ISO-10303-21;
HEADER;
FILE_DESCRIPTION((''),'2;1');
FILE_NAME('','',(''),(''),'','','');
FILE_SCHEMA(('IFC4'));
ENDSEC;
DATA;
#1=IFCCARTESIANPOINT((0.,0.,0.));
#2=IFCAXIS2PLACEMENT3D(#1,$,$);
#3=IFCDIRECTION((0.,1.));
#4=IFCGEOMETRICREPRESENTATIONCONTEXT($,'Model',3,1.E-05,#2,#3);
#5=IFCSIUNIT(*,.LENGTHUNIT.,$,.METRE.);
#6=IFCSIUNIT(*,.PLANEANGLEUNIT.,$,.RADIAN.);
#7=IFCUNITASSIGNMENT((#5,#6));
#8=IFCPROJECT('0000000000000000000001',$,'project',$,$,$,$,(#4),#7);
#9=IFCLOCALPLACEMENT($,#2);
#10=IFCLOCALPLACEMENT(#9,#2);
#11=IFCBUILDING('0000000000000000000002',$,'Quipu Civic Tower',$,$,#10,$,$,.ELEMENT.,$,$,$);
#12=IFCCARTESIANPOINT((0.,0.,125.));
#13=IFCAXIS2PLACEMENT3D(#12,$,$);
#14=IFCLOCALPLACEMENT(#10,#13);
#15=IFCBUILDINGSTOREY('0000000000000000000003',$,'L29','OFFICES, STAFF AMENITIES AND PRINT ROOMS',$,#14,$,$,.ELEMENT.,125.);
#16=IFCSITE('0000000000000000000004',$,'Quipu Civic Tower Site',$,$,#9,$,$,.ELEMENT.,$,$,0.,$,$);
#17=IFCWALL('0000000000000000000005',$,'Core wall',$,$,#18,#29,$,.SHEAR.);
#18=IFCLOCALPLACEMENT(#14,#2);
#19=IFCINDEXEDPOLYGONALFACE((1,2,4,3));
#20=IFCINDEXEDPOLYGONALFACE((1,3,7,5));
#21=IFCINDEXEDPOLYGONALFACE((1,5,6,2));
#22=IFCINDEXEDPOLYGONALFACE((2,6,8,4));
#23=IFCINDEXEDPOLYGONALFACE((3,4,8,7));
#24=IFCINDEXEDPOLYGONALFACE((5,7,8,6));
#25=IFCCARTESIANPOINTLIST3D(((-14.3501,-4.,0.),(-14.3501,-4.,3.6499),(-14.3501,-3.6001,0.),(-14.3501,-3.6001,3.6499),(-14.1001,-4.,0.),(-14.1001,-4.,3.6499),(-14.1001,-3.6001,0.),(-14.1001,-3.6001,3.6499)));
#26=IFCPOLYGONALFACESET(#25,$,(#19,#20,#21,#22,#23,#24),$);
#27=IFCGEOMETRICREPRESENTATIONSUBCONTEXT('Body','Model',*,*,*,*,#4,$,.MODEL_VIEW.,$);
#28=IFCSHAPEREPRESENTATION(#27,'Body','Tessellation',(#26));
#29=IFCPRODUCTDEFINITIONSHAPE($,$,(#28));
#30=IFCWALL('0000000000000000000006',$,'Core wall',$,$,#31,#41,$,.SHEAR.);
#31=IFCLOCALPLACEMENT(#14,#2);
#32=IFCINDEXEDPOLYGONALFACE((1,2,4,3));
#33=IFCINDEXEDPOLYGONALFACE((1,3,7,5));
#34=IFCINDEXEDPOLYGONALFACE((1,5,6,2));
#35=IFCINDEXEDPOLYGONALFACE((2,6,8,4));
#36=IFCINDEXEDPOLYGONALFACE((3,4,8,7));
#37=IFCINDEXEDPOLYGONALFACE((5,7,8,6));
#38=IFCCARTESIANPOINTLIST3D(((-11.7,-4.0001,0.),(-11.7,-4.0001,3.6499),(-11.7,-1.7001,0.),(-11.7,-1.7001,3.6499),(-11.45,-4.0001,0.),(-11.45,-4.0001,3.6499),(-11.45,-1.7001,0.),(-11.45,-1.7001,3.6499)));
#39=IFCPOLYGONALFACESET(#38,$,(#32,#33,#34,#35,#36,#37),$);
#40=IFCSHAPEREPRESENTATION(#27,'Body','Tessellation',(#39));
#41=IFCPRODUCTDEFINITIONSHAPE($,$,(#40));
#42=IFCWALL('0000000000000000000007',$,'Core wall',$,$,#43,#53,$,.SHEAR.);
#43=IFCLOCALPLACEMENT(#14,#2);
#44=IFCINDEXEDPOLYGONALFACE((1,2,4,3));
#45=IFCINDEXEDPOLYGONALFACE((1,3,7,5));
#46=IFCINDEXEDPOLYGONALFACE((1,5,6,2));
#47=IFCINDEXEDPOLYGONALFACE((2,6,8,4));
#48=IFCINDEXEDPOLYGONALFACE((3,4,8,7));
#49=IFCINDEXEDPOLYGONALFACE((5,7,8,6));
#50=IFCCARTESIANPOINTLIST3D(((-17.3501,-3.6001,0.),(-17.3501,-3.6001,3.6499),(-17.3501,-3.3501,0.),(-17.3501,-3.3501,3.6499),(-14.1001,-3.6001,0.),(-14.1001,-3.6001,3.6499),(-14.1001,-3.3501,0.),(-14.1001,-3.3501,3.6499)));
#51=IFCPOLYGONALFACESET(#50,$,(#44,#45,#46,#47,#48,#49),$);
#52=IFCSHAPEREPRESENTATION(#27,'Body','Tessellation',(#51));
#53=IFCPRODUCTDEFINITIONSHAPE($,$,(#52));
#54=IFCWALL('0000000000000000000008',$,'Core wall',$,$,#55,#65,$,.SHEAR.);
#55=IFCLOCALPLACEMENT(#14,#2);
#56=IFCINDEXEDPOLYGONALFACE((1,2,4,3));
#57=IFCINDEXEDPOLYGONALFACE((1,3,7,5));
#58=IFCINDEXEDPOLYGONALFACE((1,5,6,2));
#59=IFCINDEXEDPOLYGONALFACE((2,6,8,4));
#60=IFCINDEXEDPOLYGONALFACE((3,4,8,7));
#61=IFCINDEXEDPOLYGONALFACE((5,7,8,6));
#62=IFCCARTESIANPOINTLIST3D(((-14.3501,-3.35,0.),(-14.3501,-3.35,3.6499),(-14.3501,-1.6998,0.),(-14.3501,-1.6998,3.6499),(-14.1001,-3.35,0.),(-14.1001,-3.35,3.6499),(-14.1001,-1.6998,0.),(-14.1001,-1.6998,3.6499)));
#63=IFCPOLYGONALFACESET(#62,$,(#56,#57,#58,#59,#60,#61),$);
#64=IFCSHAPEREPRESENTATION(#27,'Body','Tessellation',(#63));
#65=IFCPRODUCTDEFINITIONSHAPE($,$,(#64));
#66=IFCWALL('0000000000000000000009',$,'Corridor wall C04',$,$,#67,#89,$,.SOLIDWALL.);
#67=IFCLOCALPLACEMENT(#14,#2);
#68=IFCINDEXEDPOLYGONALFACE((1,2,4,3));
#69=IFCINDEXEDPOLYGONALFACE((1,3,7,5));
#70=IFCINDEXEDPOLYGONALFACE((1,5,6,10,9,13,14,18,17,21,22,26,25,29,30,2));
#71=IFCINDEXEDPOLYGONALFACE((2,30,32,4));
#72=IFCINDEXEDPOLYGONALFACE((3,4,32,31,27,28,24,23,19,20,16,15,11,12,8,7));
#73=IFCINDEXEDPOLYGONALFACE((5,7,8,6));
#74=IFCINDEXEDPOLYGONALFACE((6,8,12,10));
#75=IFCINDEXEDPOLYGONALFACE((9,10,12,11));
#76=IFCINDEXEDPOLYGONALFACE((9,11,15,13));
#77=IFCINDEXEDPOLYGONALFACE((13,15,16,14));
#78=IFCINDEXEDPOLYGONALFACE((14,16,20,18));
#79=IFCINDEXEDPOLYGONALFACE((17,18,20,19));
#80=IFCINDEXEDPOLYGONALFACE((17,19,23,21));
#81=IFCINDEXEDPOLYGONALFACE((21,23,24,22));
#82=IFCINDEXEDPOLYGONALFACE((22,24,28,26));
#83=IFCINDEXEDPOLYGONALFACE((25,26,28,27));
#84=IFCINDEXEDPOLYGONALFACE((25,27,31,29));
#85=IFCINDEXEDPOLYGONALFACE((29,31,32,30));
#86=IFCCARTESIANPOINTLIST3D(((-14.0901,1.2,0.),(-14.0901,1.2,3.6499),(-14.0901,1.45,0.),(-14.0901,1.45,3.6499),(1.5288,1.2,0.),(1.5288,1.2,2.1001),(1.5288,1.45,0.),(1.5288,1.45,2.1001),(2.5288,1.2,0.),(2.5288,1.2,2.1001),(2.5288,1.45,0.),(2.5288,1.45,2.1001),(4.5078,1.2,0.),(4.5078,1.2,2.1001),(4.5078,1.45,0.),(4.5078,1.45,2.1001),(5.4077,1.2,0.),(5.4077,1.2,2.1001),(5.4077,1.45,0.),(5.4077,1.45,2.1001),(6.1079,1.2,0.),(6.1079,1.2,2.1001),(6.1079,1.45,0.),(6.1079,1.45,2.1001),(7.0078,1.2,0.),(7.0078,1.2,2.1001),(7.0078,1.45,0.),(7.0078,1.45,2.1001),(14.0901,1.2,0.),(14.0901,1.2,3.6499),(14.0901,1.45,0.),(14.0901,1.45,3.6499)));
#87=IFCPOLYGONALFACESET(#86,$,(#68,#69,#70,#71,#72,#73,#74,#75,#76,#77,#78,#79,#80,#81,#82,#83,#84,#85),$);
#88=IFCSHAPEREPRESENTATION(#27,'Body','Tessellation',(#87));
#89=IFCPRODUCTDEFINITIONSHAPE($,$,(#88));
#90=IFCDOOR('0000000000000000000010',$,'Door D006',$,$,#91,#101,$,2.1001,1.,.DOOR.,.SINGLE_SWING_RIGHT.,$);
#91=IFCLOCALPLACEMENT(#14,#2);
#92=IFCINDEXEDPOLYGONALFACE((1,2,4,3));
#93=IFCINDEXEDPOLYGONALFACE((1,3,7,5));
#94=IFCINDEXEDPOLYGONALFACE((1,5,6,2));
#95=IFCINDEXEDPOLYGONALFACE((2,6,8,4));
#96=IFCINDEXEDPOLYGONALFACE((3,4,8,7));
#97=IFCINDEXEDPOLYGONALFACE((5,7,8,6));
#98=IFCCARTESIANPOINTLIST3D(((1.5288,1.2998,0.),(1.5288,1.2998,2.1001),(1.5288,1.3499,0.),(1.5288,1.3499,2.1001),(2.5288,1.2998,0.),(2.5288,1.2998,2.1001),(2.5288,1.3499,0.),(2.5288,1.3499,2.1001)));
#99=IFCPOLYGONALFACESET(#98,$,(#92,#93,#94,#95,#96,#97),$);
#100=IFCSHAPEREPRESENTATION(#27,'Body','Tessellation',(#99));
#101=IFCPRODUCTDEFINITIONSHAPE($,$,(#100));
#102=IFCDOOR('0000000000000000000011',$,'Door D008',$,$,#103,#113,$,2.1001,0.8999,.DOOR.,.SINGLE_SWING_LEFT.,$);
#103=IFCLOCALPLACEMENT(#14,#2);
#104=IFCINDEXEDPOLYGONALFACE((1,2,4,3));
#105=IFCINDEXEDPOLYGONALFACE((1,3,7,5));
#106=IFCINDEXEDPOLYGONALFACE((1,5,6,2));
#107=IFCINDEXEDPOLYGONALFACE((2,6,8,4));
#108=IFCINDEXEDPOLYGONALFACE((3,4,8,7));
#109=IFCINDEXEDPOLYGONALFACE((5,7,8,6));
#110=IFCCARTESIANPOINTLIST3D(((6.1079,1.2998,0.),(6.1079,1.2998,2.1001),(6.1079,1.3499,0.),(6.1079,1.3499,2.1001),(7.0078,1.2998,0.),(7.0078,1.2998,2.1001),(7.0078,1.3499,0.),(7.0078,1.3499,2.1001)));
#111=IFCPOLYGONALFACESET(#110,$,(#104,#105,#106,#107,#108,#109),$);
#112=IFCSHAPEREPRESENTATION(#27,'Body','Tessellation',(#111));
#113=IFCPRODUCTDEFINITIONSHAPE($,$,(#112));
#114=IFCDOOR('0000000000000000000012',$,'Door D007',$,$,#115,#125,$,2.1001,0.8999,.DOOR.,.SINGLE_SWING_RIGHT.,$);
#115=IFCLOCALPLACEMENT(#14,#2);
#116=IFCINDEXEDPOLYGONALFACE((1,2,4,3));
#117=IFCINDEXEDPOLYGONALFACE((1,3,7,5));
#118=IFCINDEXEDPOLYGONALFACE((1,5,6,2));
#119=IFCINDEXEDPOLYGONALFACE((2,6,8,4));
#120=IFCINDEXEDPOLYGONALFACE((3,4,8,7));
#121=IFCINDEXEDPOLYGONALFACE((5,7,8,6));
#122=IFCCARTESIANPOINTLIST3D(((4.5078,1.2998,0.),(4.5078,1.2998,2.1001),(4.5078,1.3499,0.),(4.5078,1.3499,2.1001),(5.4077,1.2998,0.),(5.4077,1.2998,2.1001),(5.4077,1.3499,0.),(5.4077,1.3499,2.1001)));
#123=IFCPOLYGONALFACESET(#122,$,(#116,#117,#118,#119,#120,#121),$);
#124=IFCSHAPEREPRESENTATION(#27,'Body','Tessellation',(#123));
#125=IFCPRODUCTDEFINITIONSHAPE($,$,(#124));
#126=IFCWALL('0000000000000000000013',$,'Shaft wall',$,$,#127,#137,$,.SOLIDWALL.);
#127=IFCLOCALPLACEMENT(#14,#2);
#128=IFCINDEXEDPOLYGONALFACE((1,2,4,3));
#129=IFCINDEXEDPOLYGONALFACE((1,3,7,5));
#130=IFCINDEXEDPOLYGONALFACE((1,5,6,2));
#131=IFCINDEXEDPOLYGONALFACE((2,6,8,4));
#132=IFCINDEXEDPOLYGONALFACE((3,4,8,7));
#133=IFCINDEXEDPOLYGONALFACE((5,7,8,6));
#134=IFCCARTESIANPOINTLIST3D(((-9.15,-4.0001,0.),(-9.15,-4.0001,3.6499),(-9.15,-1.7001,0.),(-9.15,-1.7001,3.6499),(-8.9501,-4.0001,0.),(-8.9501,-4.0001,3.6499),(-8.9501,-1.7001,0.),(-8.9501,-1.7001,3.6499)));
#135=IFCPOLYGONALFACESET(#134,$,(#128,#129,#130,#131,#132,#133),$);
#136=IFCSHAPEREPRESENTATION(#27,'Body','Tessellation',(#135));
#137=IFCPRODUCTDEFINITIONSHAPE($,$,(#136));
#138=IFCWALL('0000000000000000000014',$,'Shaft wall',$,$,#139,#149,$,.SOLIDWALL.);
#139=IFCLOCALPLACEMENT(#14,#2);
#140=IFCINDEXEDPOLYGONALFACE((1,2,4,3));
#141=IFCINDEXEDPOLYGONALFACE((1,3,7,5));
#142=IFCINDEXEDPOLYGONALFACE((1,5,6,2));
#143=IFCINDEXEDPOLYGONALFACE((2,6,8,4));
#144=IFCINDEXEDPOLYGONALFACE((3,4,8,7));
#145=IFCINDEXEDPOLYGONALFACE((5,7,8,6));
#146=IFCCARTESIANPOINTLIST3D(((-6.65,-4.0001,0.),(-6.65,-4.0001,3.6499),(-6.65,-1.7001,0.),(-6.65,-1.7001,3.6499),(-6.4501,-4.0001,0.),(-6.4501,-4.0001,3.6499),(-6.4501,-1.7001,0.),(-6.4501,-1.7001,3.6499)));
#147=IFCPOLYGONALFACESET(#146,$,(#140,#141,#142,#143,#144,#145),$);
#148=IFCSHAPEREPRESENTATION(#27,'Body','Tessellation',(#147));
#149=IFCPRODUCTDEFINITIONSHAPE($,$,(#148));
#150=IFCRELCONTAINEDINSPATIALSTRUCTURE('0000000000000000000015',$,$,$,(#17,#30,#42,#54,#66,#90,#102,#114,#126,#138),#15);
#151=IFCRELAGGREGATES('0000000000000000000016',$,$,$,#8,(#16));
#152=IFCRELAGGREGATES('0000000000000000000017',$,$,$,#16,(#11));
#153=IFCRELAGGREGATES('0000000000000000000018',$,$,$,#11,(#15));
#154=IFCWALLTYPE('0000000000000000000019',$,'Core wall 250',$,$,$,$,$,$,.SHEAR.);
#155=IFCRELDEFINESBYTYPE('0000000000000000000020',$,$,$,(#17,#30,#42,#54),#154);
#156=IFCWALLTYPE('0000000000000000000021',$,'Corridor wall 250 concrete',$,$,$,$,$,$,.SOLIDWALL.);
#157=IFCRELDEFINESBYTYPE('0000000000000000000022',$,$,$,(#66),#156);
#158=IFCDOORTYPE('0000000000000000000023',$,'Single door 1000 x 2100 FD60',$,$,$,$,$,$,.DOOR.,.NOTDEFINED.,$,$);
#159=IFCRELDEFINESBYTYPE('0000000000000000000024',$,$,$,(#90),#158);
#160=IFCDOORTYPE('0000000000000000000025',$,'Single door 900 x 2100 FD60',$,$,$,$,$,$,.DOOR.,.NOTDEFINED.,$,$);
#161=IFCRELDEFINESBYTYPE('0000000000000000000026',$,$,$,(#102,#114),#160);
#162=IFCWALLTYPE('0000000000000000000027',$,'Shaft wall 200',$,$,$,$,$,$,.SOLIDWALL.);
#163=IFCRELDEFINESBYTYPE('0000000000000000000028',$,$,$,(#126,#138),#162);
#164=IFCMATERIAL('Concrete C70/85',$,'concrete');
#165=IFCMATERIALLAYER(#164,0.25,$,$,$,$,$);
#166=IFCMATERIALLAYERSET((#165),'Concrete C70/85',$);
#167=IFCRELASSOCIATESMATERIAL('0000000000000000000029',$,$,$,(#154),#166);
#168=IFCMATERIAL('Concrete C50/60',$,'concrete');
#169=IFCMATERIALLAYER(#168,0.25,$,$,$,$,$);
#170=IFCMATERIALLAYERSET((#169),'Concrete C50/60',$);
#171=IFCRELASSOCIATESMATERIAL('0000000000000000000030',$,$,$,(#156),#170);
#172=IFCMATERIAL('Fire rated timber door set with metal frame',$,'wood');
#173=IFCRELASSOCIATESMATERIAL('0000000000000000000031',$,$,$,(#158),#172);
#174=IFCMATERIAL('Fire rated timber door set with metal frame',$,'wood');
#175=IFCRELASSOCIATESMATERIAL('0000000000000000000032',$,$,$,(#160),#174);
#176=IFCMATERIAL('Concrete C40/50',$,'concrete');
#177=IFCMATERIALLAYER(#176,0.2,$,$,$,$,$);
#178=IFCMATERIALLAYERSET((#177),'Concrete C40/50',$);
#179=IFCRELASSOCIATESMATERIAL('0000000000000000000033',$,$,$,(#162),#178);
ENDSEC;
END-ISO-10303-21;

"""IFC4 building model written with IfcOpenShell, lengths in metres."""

from ifc_helpers import new_model, si_unit, direction, frame, frame_2d, origin, place, context, subcontext, project, spatial, rectangle, extrude, material, layer, layer_set, type_object, element, fill, save


model = new_model("IFC4")

# Units and contexts
model_context = context("Model", 3, precision=1e-05, world=origin(), true_north=direction((0.0, 1.0)))
body_context = subcontext(model_context, "Body", "Model", "MODEL_VIEW")
ifc_project = project(units=[si_unit("LENGTHUNIT", "METRE"), si_unit("PLANEANGLEUNIT", "RADIAN")], contexts=[model_context])

# Site, building, storey
site_placement = place(None, origin())
site = spatial("IfcSite", under=ifc_project, at=site_placement, Name="Quipu Civic Tower Site", CompositionType="ELEMENT", RefElevation=0.0)
building_placement = place(site_placement, origin())
building = spatial("IfcBuilding", under=site, at=building_placement, Name="Quipu Civic Tower", CompositionType="ELEMENT")
storey_placement = place(building_placement, frame((0.0, 0.0, 125.0)))
storey = spatial("IfcBuildingStorey", under=building, at=storey_placement, Name="L29", Description="OFFICES, STAFF AMENITIES AND PRINT ROOMS", CompositionType="ELEMENT", Elevation=125.0)

# Shared definitions
ifc_material_1 = material(Name="Concrete C70/85", Category="concrete")
ifc_layer_1 = layer(ifc_material_1, 0.25)
ifc_layer_set_1 = layer_set([ifc_layer_1], Name="Concrete C70/85")
wall_type_1 = type_object("IfcWallType", Name="Core wall 250", PredefinedType="SHEAR", material=ifc_layer_set_1)

# Walls
wall_1_placement = place(storey_placement, frame((-14.2251, -4.0, 0.0), z_axis=(0.0, 0.0, 1.0), x_axis=(0.0, 1.0, 0.0)))
element("IfcWall", 1, at=wall_1_placement, inside=storey, type_object=wall_type_1, Name="Core wall", PredefinedType="SHEAR", context=body_context, shape_type="SweptSolid", body=[
    extrude(rectangle(XDim=0.3999, YDim=0.25, at=frame_2d((0.2, 0.0))), origin(), (0.0, 0.0, 1.0), 3.6499),
])
wall_2_placement = place(storey_placement, frame((-11.575, -4.0, 0.0), z_axis=(0.0, 0.0, 1.0), x_axis=(0.0, 1.0, 0.0)))
element("IfcWall", 2, at=wall_2_placement, inside=storey, type_object=wall_type_1, Name="Core wall", PredefinedType="SHEAR", context=body_context, shape_type="SweptSolid", body=[
    extrude(rectangle(XDim=2.3, YDim=0.25, at=frame_2d((1.1499, 0.0))), origin(), (0.0, 0.0, 1.0), 3.6499),
])
wall_3_placement = place(storey_placement, frame((-17.3501, -3.4751, 0.0), z_axis=(0.0, 0.0, 1.0), x_axis=(1.0, 0.0, 0.0)))
element("IfcWall", 3, at=wall_3_placement, inside=storey, type_object=wall_type_1, Name="Core wall", PredefinedType="SHEAR", context=body_context, shape_type="SweptSolid", body=[
    extrude(rectangle(XDim=3.25, YDim=0.25, at=frame_2d((1.625, 0.0))), origin(), (0.0, 0.0, 1.0), 3.6499),
])
wall_4_placement = place(storey_placement, frame((-14.2251, -3.3501, 0.0), z_axis=(0.0, 0.0, 1.0), x_axis=(0.0, 1.0, 0.0)))
element("IfcWall", 4, at=wall_4_placement, inside=storey, type_object=wall_type_1, Name="Core wall", PredefinedType="SHEAR", context=body_context, shape_type="SweptSolid", body=[
    extrude(rectangle(XDim=1.6501, YDim=0.25, at=frame_2d((0.8252, 0.0))), origin(), (0.0, 0.0, 1.0), 3.6499),
])

# Wall, openings, doors
ifc_material_2 = material(Name="Concrete C50/60", Category="concrete")
ifc_layer_2 = layer(ifc_material_2, 0.25)
ifc_layer_set_2 = layer_set([ifc_layer_2], Name="Concrete C50/60")
wall_type_2 = type_object("IfcWallType", Name="Corridor wall 250 concrete", PredefinedType="SOLIDWALL", material=ifc_layer_set_2)
wall_5_placement = place(storey_placement, frame((-14.0901, 1.325, 0.0), z_axis=(0.0, 0.0, 1.0), x_axis=(1.0, 0.0, 0.0)))
wall_5 = element("IfcWall", 5, at=wall_5_placement, inside=storey, type_object=wall_type_2, Name="Corridor wall C04", PredefinedType="SOLIDWALL", context=body_context, shape_type="SweptSolid", body=[
    extrude(rectangle(XDim=28.1802, YDim=0.25, at=frame_2d((14.0901, 0.0))), origin(), (0.0, 0.0, 1.0), 3.6499),
])
opening_1_placement = place(wall_5_placement, frame((20.198, 0.0, 0.0)))
opening_1 = element("IfcOpeningElement", 6, at=opening_1_placement, cuts=wall_5, PredefinedType="OPENING", context=body_context, shape_type="SweptSolid", body=[
    extrude(rectangle(XDim=0.8999, YDim=2.1001, at=frame_2d((0.45, 1.05))), frame((0.0, 0.135, 0.0), z_axis=(0.0, -1.0, 0.0), x_axis=(1.0, 0.0, 0.0)), (0.0, 0.0, 1.0), 0.27),
])
opening_2_placement = place(wall_5_placement, frame((15.6189, 0.0, 0.0)))
opening_2 = element("IfcOpeningElement", 7, at=opening_2_placement, cuts=wall_5, PredefinedType="OPENING", context=body_context, shape_type="SweptSolid", body=[
    extrude(rectangle(XDim=1.0, YDim=2.1001, at=frame_2d((0.5, 1.05))), frame((0.0, 0.135, 0.0), z_axis=(0.0, -1.0, 0.0), x_axis=(1.0, 0.0, 0.0)), (0.0, 0.0, 1.0), 0.27),
])
opening_3_placement = place(wall_5_placement, frame((18.5979, 0.0, 0.0)))
opening_3 = element("IfcOpeningElement", 8, at=opening_3_placement, cuts=wall_5, PredefinedType="OPENING", context=body_context, shape_type="SweptSolid", body=[
    extrude(rectangle(XDim=0.8999, YDim=2.1001, at=frame_2d((0.45, 1.05))), frame((0.0, 0.135, 0.0), z_axis=(0.0, -1.0, 0.0), x_axis=(1.0, 0.0, 0.0)), (0.0, 0.0, 1.0), 0.27),
])
ifc_material_3 = material(Name="Fire rated timber door set with metal frame", Category="wood")
door_type_1 = type_object("IfcDoorType", Name="Single door 1000 x 2100 FD60", OperationType="NOTDEFINED", PredefinedType="DOOR", material=ifc_material_3)
door_1_placement = place(opening_2_placement, origin())
door_1 = element("IfcDoor", 9, at=door_1_placement, inside=storey, type_object=door_type_1, Name="Door D006", OperationType="SINGLE_SWING_RIGHT", OverallHeight=2.1001, OverallWidth=1.0, PredefinedType="DOOR", context=body_context, shape_type="SweptSolid", body=[
    extrude(rectangle(XDim=1.0, YDim=2.1001, at=frame_2d((0.5, 1.05))), frame((0.0, 0.0249, 0.0), z_axis=(0.0, -1.0, 0.0), x_axis=(1.0, 0.0, 0.0)), (0.0, 0.0, 1.0), 0.05),
])
fill(opening_2, door_1)
ifc_material_4 = material(Name="Fire rated timber door set with metal frame", Category="wood")
door_type_2 = type_object("IfcDoorType", Name="Single door 900 x 2100 FD60", OperationType="NOTDEFINED", PredefinedType="DOOR", material=ifc_material_4)
door_2_placement = place(opening_1_placement, origin())
door_2 = element("IfcDoor", 10, at=door_2_placement, inside=storey, type_object=door_type_2, Name="Door D008", OperationType="SINGLE_SWING_LEFT", OverallHeight=2.1001, OverallWidth=0.8999, PredefinedType="DOOR", context=body_context, shape_type="SweptSolid", body=[
    extrude(rectangle(XDim=0.8999, YDim=2.1001, at=frame_2d((0.45, 1.05))), frame((0.0, 0.0249, 0.0), z_axis=(0.0, -1.0, 0.0), x_axis=(1.0, 0.0, 0.0)), (0.0, 0.0, 1.0), 0.05),
])
fill(opening_1, door_2)
door_3_placement = place(opening_3_placement, origin())
door_3 = element("IfcDoor", 11, at=door_3_placement, inside=storey, type_object=door_type_2, Name="Door D007", OperationType="SINGLE_SWING_RIGHT", OverallHeight=2.1001, OverallWidth=0.8999, PredefinedType="DOOR", context=body_context, shape_type="SweptSolid", body=[
    extrude(rectangle(XDim=0.8999, YDim=2.1001, at=frame_2d((0.45, 1.05))), frame((0.0, 0.0249, 0.0), z_axis=(0.0, -1.0, 0.0), x_axis=(1.0, 0.0, 0.0)), (0.0, 0.0, 1.0), 0.05),
])
fill(opening_3, door_3)

# Walls
ifc_material_5 = material(Name="Concrete C40/50", Category="concrete")
ifc_layer_3 = layer(ifc_material_5, 0.2)
ifc_layer_set_3 = layer_set([ifc_layer_3], Name="Concrete C40/50")
wall_type_3 = type_object("IfcWallType", Name="Shaft wall 200", PredefinedType="SOLIDWALL", material=ifc_layer_set_3)
for number, where, z_axis, x_axis, name in (
    (12, (-9.05, -4.0, 0.0), (0.0, 0.0, 1.0), (0.0, 1.0, 0.0), "Shaft wall"),
    (13, (-6.55, -4.0, 0.0), (0.0, 0.0, 1.0), (0.0, 1.0, 0.0), "Shaft wall"),
):
    element("IfcWall", number, at=place(storey_placement, frame(where, z_axis=z_axis, x_axis=x_axis)), inside=storey, type_object=wall_type_3, Name=name, PredefinedType="SOLIDWALL", context=body_context, shape_type="SweptSolid", body=[
        extrude(rectangle(XDim=2.3, YDim=0.2, at=frame_2d((1.1499, 0.0))), origin(), (0.0, 0.0, 1.0), 3.6499),
    ])

save(model, "model.ifc")
